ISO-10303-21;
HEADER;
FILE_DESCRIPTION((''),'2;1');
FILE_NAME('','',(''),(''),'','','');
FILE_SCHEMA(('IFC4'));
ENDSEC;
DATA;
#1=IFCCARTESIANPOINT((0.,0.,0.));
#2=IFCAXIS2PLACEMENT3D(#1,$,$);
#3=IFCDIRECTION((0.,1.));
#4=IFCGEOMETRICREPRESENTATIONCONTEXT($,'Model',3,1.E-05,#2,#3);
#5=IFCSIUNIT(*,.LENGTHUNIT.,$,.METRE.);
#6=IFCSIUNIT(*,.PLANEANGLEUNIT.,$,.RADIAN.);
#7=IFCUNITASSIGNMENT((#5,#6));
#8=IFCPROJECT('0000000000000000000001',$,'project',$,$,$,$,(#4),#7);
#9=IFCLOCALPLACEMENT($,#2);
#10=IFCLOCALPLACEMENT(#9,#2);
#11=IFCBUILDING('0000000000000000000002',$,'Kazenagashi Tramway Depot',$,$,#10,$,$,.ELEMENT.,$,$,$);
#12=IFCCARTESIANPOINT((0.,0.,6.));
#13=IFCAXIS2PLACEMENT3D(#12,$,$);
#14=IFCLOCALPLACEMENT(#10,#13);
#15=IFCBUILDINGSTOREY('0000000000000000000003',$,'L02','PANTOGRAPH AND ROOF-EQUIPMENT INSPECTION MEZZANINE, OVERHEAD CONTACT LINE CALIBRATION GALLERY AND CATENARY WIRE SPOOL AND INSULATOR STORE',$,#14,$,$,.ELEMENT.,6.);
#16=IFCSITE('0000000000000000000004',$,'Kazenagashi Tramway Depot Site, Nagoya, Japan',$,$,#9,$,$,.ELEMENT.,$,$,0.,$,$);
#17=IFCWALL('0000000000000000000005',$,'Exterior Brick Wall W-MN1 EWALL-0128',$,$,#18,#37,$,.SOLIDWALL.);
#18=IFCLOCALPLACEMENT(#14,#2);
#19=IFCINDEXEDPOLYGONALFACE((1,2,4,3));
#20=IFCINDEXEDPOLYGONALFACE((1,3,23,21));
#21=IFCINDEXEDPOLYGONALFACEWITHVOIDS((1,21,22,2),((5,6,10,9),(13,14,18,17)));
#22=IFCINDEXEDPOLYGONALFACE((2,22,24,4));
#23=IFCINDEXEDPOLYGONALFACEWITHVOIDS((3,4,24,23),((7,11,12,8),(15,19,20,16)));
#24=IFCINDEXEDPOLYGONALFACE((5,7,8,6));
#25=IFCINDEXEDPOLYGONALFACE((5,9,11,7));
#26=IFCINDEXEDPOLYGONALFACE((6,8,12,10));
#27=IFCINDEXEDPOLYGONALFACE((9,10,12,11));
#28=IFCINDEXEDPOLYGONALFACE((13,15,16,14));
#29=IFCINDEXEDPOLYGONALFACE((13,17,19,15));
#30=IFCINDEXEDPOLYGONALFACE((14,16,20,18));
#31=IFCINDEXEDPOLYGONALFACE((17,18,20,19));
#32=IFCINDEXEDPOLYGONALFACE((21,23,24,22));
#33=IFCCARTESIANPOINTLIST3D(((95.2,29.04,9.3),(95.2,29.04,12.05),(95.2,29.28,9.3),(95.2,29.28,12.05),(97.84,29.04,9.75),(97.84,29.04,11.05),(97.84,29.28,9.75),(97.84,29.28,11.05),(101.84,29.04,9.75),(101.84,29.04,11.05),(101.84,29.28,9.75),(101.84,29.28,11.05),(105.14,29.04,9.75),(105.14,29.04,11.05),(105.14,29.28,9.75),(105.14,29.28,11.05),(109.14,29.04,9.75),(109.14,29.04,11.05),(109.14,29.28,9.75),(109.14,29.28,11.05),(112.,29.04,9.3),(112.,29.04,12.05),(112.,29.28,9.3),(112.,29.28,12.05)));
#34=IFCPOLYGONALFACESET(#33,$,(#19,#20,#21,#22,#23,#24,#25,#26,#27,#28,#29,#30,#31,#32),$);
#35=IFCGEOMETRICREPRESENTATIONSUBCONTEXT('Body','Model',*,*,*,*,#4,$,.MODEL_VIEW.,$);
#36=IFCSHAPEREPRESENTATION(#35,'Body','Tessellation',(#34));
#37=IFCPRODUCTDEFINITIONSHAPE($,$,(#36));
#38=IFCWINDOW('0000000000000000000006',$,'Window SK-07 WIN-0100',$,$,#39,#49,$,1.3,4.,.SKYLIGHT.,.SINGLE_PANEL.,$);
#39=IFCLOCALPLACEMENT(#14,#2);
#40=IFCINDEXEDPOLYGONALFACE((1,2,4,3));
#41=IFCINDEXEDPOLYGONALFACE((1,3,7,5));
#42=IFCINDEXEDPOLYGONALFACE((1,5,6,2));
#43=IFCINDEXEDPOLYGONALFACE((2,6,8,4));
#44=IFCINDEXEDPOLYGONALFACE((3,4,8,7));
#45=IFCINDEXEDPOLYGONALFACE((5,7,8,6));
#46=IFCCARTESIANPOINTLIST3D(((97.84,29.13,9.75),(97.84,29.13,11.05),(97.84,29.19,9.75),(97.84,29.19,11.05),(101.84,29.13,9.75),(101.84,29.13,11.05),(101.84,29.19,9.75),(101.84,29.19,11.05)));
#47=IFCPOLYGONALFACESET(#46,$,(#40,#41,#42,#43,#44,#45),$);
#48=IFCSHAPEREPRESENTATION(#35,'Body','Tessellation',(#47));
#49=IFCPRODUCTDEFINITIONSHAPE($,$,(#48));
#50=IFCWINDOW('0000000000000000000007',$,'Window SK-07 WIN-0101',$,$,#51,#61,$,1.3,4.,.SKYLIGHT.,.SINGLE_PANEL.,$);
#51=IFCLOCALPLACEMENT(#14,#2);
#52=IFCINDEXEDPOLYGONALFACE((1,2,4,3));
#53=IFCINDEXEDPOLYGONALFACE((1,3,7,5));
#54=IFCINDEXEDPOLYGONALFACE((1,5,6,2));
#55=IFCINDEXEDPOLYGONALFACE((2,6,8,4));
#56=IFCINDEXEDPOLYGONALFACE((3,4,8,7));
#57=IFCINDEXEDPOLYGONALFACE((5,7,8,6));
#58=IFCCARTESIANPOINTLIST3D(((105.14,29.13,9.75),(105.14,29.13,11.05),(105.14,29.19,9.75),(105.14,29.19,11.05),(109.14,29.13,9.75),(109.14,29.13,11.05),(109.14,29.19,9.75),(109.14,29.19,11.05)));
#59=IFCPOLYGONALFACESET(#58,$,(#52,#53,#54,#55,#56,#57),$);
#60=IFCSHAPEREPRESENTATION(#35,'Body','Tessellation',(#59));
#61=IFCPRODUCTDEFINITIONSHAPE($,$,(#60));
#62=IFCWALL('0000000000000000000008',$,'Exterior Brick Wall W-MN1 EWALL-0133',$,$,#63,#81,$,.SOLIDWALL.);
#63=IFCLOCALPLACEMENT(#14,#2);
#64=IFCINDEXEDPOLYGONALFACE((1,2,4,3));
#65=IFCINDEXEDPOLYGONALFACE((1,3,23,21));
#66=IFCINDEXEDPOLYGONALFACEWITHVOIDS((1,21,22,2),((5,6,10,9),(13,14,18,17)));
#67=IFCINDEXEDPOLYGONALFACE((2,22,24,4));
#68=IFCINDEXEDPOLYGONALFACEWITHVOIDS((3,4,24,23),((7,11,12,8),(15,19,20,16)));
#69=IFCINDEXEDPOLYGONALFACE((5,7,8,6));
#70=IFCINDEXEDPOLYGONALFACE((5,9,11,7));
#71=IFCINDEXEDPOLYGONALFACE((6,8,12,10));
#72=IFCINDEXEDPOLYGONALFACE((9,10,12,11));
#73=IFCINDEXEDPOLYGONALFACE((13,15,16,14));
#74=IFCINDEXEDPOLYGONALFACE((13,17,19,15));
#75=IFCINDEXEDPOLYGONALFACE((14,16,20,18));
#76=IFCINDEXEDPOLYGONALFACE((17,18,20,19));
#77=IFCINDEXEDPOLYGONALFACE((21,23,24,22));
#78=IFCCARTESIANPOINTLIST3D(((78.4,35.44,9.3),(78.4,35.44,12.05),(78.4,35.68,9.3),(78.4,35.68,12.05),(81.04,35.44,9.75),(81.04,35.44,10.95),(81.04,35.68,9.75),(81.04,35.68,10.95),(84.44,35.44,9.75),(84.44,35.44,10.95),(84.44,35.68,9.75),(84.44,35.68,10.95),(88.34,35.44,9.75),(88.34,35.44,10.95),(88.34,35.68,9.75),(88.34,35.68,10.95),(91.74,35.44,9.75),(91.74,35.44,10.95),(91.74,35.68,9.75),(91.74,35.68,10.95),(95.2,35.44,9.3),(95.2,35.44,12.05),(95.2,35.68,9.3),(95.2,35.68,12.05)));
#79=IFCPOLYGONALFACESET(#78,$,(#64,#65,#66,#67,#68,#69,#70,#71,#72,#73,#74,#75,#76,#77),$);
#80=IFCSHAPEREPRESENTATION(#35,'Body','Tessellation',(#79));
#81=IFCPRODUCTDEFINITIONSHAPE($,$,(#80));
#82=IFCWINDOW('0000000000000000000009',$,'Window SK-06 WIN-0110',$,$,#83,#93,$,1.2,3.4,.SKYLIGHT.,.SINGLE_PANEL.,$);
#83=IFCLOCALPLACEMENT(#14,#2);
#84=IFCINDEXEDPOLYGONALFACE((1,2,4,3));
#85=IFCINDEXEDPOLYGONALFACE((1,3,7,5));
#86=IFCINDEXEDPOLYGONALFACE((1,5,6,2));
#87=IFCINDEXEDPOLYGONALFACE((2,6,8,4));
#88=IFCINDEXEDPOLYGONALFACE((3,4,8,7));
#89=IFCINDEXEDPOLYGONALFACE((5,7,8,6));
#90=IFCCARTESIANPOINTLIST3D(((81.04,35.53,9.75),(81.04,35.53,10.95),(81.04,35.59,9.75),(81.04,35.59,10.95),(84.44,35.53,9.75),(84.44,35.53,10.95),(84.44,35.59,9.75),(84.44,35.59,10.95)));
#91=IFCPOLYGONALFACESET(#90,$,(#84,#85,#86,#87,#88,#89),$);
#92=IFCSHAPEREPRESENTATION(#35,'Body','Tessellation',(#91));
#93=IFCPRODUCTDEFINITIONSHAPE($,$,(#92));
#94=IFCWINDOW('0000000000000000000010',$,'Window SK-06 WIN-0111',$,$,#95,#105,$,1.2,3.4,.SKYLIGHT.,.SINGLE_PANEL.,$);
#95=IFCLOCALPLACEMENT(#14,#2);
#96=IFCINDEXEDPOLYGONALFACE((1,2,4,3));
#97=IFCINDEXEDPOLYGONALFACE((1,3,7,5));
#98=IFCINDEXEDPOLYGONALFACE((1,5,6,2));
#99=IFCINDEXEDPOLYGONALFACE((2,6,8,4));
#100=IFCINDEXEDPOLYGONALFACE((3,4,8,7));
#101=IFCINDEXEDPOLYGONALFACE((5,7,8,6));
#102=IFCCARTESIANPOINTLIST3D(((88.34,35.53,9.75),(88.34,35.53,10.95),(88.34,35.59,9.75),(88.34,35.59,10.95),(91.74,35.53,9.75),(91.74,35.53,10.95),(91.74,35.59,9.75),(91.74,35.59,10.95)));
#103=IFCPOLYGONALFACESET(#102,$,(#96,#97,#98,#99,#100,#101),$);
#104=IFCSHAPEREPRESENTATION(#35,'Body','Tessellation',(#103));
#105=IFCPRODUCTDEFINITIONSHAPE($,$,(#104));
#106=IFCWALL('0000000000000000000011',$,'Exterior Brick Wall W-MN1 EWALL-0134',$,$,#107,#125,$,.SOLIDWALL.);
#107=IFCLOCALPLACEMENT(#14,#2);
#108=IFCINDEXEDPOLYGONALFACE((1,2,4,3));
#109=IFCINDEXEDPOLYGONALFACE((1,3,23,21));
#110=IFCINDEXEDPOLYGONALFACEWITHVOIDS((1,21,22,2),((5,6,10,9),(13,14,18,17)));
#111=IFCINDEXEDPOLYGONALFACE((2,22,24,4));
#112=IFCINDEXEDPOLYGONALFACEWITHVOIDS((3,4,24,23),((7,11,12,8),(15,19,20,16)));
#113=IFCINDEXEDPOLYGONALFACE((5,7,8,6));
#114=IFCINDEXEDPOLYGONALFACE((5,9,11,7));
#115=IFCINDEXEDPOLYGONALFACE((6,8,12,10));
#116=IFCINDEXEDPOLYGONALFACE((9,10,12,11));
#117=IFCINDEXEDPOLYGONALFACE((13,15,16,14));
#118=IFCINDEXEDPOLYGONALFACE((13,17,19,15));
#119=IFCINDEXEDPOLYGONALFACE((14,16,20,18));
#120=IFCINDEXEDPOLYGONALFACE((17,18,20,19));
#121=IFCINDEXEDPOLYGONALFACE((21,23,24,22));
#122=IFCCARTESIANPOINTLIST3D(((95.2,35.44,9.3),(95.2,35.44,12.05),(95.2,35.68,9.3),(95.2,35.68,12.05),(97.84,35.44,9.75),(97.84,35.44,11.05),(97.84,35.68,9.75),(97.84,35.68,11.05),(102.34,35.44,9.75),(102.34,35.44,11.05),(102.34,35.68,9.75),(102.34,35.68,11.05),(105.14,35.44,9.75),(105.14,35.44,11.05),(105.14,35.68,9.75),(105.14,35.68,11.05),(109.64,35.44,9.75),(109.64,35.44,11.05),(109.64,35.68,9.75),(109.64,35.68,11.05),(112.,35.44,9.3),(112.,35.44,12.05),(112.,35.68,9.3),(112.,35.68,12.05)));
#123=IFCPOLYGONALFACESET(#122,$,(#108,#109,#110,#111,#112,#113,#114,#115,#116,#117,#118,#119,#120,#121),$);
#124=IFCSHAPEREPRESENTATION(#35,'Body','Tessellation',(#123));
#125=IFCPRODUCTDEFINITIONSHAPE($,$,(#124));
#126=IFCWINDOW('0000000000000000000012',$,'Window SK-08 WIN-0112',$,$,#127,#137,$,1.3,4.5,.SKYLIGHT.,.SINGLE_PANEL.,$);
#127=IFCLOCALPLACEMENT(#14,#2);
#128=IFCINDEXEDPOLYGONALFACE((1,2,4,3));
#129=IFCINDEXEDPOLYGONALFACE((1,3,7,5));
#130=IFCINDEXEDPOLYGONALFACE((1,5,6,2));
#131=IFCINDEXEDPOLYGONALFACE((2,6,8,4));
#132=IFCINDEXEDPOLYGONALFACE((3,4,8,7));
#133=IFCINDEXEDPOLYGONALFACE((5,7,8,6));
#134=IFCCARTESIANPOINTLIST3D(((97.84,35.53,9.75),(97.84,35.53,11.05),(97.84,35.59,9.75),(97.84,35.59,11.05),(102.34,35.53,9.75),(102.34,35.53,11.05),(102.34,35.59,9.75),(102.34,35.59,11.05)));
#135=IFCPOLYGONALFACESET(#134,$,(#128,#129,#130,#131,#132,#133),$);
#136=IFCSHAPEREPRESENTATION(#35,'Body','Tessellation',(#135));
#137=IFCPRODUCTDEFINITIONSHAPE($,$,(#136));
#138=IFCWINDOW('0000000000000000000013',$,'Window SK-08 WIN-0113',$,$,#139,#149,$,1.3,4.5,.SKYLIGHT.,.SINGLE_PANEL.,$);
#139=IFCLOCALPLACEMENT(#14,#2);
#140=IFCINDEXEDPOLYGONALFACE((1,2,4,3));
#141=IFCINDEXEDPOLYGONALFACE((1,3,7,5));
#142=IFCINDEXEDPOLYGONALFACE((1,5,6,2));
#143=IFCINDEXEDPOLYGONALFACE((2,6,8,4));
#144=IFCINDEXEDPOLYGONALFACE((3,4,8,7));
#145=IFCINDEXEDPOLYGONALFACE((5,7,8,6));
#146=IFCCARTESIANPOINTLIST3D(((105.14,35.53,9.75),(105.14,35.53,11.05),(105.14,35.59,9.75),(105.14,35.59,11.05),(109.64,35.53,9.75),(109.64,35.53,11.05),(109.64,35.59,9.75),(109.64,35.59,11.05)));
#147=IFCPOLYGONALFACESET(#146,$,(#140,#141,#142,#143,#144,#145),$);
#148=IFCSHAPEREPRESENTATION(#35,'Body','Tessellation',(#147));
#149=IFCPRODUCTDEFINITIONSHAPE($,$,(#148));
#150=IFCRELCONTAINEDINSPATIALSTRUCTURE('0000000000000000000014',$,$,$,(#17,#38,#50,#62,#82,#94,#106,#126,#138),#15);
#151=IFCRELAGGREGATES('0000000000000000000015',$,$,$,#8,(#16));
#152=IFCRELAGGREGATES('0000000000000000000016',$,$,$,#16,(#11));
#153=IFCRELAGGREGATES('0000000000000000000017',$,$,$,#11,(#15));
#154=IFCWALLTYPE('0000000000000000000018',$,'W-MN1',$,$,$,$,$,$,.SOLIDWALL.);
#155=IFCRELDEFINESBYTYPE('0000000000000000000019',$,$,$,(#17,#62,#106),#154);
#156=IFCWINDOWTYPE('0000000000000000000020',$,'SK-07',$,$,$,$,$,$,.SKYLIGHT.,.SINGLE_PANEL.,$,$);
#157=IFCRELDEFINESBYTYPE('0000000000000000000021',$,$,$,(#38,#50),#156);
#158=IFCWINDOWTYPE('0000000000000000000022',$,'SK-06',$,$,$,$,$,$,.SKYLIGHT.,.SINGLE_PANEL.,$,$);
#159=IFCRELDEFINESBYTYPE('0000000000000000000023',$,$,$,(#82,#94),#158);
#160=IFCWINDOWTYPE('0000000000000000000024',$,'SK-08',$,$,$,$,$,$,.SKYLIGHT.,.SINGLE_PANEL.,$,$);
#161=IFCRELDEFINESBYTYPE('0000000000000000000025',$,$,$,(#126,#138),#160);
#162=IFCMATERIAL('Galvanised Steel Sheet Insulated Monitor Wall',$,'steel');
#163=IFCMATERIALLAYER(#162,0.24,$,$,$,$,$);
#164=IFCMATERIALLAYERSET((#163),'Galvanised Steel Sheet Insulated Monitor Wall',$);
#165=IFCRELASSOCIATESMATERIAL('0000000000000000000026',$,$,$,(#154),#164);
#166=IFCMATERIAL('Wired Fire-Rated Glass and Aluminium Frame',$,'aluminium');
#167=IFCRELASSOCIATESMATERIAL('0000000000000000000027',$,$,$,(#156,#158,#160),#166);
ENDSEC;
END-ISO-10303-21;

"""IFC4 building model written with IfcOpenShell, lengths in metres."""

from ifc_helpers import new_model, si_unit, direction, frame, frame_2d, origin, place, context, subcontext, project, spatial, rectangle, extrude, material, layer, layer_set, type_object, element, fill, save


model = new_model("IFC4")

# Units and contexts
model_context = context("Model", 3, precision=1e-05, world=origin(), true_north=direction((0.0, 1.0)))
body_context = subcontext(model_context, "Body", "Model", "MODEL_VIEW")
ifc_project = project(units=[si_unit("LENGTHUNIT", "METRE"), si_unit("PLANEANGLEUNIT", "RADIAN")], contexts=[model_context])

# Site, building, storey
site_placement = place(None, origin())
site = spatial("IfcSite", under=ifc_project, at=site_placement, Name="Kazenagashi Tramway Depot Site, Nagoya, Japan", CompositionType="ELEMENT", RefElevation=0.0)
building_placement = place(site_placement, origin())
building = spatial("IfcBuilding", under=site, at=building_placement, Name="Kazenagashi Tramway Depot", CompositionType="ELEMENT")
storey_placement = place(building_placement, frame((0.0, 0.0, 6.0)))
storey = spatial("IfcBuildingStorey", under=building, at=storey_placement, Name="L02", Description="PANTOGRAPH AND ROOF-EQUIPMENT INSPECTION MEZZANINE, OVERHEAD CONTACT LINE CALIBRATION GALLERY AND CATENARY WIRE SPOOL AND INSULATOR STORE", CompositionType="ELEMENT", Elevation=6.0)

# Walls, openings, windows
ifc_material_1 = material(Name="Galvanised Steel Sheet Insulated Monitor Wall", Category="steel")
ifc_layer = layer(ifc_material_1, 0.24)
ifc_layer_set = layer_set([ifc_layer], Name="Galvanised Steel Sheet Insulated Monitor Wall")
wall_type = type_object("IfcWallType", Name="W-MN1", PredefinedType="SOLIDWALL", material=ifc_layer_set)
ifc_material_2 = material(Name="Wired Fire-Rated Glass and Aluminium Frame", Category="aluminium")
wall_1_placement = place(storey_placement, frame((95.2, 29.16, 9.3), z_axis=(0.0, 0.0, 1.0), x_axis=(1.0, 0.0, 0.0)))
wall_1 = element("IfcWall", 1, at=wall_1_placement, inside=storey, type_object=wall_type, Name="Exterior Brick Wall W-MN1 EWALL-0128", PredefinedType="SOLIDWALL", context=body_context, shape_type="SweptSolid", body=[
    extrude(rectangle(XDim=16.8, YDim=0.24, at=frame_2d((8.4, 0.0))), origin(), (0.0, 0.0, 1.0), 2.75),
])
opening_1_placement = place(wall_1_placement, frame((2.64, 0.0, 0.45)))
opening_1 = element("IfcOpeningElement", 2, at=opening_1_placement, cuts=wall_1, PredefinedType="OPENING", context=body_context, shape_type="SweptSolid", body=[
    extrude(rectangle(XDim=4.0, YDim=1.3, at=frame_2d((2.0, 0.65))), frame((0.0, 0.13, 0.0), z_axis=(0.0, -1.0, 0.0), x_axis=(1.0, 0.0, 0.0)), (0.0, 0.0, 1.0), 0.26),
])
opening_2_placement = place(wall_1_placement, frame((9.94, 0.0, 0.45)))
opening_2 = element("IfcOpeningElement", 3, at=opening_2_placement, cuts=wall_1, PredefinedType="OPENING", context=body_context, shape_type="SweptSolid", body=[
    extrude(rectangle(XDim=4.0, YDim=1.3, at=frame_2d((2.0, 0.65))), frame((0.0, 0.13, 0.0), z_axis=(0.0, -1.0, 0.0), x_axis=(1.0, 0.0, 0.0)), (0.0, 0.0, 1.0), 0.26),
])
window_type_1 = type_object("IfcWindowType", Name="SK-07", PartitioningType="SINGLE_PANEL", PredefinedType="SKYLIGHT", material=ifc_material_2)
window_1_placement = place(opening_1_placement, origin())
window_1 = element("IfcWindow", 4, at=window_1_placement, inside=storey, type_object=window_type_1, Name="Window SK-07 WIN-0100", OverallHeight=1.3, OverallWidth=4.0, PartitioningType="SINGLE_PANEL", PredefinedType="SKYLIGHT", context=body_context, shape_type="SweptSolid", body=[
    extrude(rectangle(XDim=4.0, YDim=1.3, at=frame_2d((2.0, 0.65))), frame((0.0, 0.03, 0.0), z_axis=(0.0, -1.0, 0.0), x_axis=(1.0, 0.0, 0.0)), (0.0, 0.0, 1.0), 0.06),
])
fill(opening_1, window_1)
window_2_placement = place(opening_2_placement, origin())
window_2 = element("IfcWindow", 5, at=window_2_placement, inside=storey, type_object=window_type_1, Name="Window SK-07 WIN-0101", OverallHeight=1.3, OverallWidth=4.0, PartitioningType="SINGLE_PANEL", PredefinedType="SKYLIGHT", context=body_context, shape_type="SweptSolid", body=[
    extrude(rectangle(XDim=4.0, YDim=1.3, at=frame_2d((2.0, 0.65))), frame((0.0, 0.03, 0.0), z_axis=(0.0, -1.0, 0.0), x_axis=(1.0, 0.0, 0.0)), (0.0, 0.0, 1.0), 0.06),
])
fill(opening_2, window_2)
wall_2_placement = place(storey_placement, frame((78.4, 35.56, 9.3), z_axis=(0.0, 0.0, 1.0), x_axis=(1.0, 0.0, 0.0)))
wall_2 = element("IfcWall", 6, at=wall_2_placement, inside=storey, type_object=wall_type, Name="Exterior Brick Wall W-MN1 EWALL-0133", PredefinedType="SOLIDWALL", context=body_context, shape_type="SweptSolid", body=[
    extrude(rectangle(XDim=16.8, YDim=0.24, at=frame_2d((8.4, 0.0))), origin(), (0.0, 0.0, 1.0), 2.75),
])
opening_3_placement = place(wall_2_placement, frame((2.64, 0.0, 0.45)))
opening_3 = element("IfcOpeningElement", 7, at=opening_3_placement, cuts=wall_2, PredefinedType="OPENING", context=body_context, shape_type="SweptSolid", body=[
    extrude(rectangle(XDim=3.4, YDim=1.2, at=frame_2d((1.7, 0.6))), frame((0.0, 0.13, 0.0), z_axis=(0.0, -1.0, 0.0), x_axis=(1.0, 0.0, 0.0)), (0.0, 0.0, 1.0), 0.26),
])
opening_4_placement = place(wall_2_placement, frame((9.94, 0.0, 0.45)))
opening_4 = element("IfcOpeningElement", 8, at=opening_4_placement, cuts=wall_2, PredefinedType="OPENING", context=body_context, shape_type="SweptSolid", body=[
    extrude(rectangle(XDim=3.4, YDim=1.2, at=frame_2d((1.7, 0.6))), frame((0.0, 0.13, 0.0), z_axis=(0.0, -1.0, 0.0), x_axis=(1.0, 0.0, 0.0)), (0.0, 0.0, 1.0), 0.26),
])
window_type_2 = type_object("IfcWindowType", Name="SK-06", PartitioningType="SINGLE_PANEL", PredefinedType="SKYLIGHT", material=ifc_material_2)
window_3_placement = place(opening_3_placement, origin())
window_3 = element("IfcWindow", 9, at=window_3_placement, inside=storey, type_object=window_type_2, Name="Window SK-06 WIN-0110", OverallHeight=1.2, OverallWidth=3.4, PartitioningType="SINGLE_PANEL", PredefinedType="SKYLIGHT", context=body_context, shape_type="SweptSolid", body=[
    extrude(rectangle(XDim=3.4, YDim=1.2, at=frame_2d((1.7, 0.6))), frame((0.0, 0.03, 0.0), z_axis=(0.0, -1.0, 0.0), x_axis=(1.0, 0.0, 0.0)), (0.0, 0.0, 1.0), 0.06),
])
fill(opening_3, window_3)
window_4_placement = place(opening_4_placement, origin())
window_4 = element("IfcWindow", 10, at=window_4_placement, inside=storey, type_object=window_type_2, Name="Window SK-06 WIN-0111", OverallHeight=1.2, OverallWidth=3.4, PartitioningType="SINGLE_PANEL", PredefinedType="SKYLIGHT", context=body_context, shape_type="SweptSolid", body=[
    extrude(rectangle(XDim=3.4, YDim=1.2, at=frame_2d((1.7, 0.6))), frame((0.0, 0.03, 0.0), z_axis=(0.0, -1.0, 0.0), x_axis=(1.0, 0.0, 0.0)), (0.0, 0.0, 1.0), 0.06),
])
fill(opening_4, window_4)
wall_3_placement = place(storey_placement, frame((95.2, 35.56, 9.3), z_axis=(0.0, 0.0, 1.0), x_axis=(1.0, 0.0, 0.0)))
wall_3 = element("IfcWall", 11, at=wall_3_placement, inside=storey, type_object=wall_type, Name="Exterior Brick Wall W-MN1 EWALL-0134", PredefinedType="SOLIDWALL", context=body_context, shape_type="SweptSolid", body=[
    extrude(rectangle(XDim=16.8, YDim=0.24, at=frame_2d((8.4, 0.0))), origin(), (0.0, 0.0, 1.0), 2.75),
])
opening_5_placement = place(wall_3_placement, frame((2.64, 0.0, 0.45)))
opening_5 = element("IfcOpeningElement", 12, at=opening_5_placement, cuts=wall_3, PredefinedType="OPENING", context=body_context, shape_type="SweptSolid", body=[
    extrude(rectangle(XDim=4.5, YDim=1.3, at=frame_2d((2.25, 0.65))), frame((0.0, 0.13, 0.0), z_axis=(0.0, -1.0, 0.0), x_axis=(1.0, 0.0, 0.0)), (0.0, 0.0, 1.0), 0.26),
])
opening_6_placement = place(wall_3_placement, frame((9.94, 0.0, 0.45)))
opening_6 = element("IfcOpeningElement", 13, at=opening_6_placement, cuts=wall_3, PredefinedType="OPENING", context=body_context, shape_type="SweptSolid", body=[
    extrude(rectangle(XDim=4.5, YDim=1.3, at=frame_2d((2.25, 0.65))), frame((0.0, 0.13, 0.0), z_axis=(0.0, -1.0, 0.0), x_axis=(1.0, 0.0, 0.0)), (0.0, 0.0, 1.0), 0.26),
])
window_type_3 = type_object("IfcWindowType", Name="SK-08", PartitioningType="SINGLE_PANEL", PredefinedType="SKYLIGHT", material=ifc_material_2)
window_5_placement = place(opening_5_placement, origin())
window_5 = element("IfcWindow", 14, at=window_5_placement, inside=storey, type_object=window_type_3, Name="Window SK-08 WIN-0112", OverallHeight=1.3, OverallWidth=4.5, PartitioningType="SINGLE_PANEL", PredefinedType="SKYLIGHT", context=body_context, shape_type="SweptSolid", body=[
    extrude(rectangle(XDim=4.5, YDim=1.3, at=frame_2d((2.25, 0.65))), frame((0.0, 0.03, 0.0), z_axis=(0.0, -1.0, 0.0), x_axis=(1.0, 0.0, 0.0)), (0.0, 0.0, 1.0), 0.06),
])
fill(opening_5, window_5)
window_6_placement = place(opening_6_placement, origin())
window_6 = element("IfcWindow", 15, at=window_6_placement, inside=storey, type_object=window_type_3, Name="Window SK-08 WIN-0113", OverallHeight=1.3, OverallWidth=4.5, PartitioningType="SINGLE_PANEL", PredefinedType="SKYLIGHT", context=body_context, shape_type="SweptSolid", body=[
    extrude(rectangle(XDim=4.5, YDim=1.3, at=frame_2d((2.25, 0.65))), frame((0.0, 0.03, 0.0), z_axis=(0.0, -1.0, 0.0), x_axis=(1.0, 0.0, 0.0)), (0.0, 0.0, 1.0), 0.06),
])
fill(opening_6, window_6)

save(model, "model.ifc")
